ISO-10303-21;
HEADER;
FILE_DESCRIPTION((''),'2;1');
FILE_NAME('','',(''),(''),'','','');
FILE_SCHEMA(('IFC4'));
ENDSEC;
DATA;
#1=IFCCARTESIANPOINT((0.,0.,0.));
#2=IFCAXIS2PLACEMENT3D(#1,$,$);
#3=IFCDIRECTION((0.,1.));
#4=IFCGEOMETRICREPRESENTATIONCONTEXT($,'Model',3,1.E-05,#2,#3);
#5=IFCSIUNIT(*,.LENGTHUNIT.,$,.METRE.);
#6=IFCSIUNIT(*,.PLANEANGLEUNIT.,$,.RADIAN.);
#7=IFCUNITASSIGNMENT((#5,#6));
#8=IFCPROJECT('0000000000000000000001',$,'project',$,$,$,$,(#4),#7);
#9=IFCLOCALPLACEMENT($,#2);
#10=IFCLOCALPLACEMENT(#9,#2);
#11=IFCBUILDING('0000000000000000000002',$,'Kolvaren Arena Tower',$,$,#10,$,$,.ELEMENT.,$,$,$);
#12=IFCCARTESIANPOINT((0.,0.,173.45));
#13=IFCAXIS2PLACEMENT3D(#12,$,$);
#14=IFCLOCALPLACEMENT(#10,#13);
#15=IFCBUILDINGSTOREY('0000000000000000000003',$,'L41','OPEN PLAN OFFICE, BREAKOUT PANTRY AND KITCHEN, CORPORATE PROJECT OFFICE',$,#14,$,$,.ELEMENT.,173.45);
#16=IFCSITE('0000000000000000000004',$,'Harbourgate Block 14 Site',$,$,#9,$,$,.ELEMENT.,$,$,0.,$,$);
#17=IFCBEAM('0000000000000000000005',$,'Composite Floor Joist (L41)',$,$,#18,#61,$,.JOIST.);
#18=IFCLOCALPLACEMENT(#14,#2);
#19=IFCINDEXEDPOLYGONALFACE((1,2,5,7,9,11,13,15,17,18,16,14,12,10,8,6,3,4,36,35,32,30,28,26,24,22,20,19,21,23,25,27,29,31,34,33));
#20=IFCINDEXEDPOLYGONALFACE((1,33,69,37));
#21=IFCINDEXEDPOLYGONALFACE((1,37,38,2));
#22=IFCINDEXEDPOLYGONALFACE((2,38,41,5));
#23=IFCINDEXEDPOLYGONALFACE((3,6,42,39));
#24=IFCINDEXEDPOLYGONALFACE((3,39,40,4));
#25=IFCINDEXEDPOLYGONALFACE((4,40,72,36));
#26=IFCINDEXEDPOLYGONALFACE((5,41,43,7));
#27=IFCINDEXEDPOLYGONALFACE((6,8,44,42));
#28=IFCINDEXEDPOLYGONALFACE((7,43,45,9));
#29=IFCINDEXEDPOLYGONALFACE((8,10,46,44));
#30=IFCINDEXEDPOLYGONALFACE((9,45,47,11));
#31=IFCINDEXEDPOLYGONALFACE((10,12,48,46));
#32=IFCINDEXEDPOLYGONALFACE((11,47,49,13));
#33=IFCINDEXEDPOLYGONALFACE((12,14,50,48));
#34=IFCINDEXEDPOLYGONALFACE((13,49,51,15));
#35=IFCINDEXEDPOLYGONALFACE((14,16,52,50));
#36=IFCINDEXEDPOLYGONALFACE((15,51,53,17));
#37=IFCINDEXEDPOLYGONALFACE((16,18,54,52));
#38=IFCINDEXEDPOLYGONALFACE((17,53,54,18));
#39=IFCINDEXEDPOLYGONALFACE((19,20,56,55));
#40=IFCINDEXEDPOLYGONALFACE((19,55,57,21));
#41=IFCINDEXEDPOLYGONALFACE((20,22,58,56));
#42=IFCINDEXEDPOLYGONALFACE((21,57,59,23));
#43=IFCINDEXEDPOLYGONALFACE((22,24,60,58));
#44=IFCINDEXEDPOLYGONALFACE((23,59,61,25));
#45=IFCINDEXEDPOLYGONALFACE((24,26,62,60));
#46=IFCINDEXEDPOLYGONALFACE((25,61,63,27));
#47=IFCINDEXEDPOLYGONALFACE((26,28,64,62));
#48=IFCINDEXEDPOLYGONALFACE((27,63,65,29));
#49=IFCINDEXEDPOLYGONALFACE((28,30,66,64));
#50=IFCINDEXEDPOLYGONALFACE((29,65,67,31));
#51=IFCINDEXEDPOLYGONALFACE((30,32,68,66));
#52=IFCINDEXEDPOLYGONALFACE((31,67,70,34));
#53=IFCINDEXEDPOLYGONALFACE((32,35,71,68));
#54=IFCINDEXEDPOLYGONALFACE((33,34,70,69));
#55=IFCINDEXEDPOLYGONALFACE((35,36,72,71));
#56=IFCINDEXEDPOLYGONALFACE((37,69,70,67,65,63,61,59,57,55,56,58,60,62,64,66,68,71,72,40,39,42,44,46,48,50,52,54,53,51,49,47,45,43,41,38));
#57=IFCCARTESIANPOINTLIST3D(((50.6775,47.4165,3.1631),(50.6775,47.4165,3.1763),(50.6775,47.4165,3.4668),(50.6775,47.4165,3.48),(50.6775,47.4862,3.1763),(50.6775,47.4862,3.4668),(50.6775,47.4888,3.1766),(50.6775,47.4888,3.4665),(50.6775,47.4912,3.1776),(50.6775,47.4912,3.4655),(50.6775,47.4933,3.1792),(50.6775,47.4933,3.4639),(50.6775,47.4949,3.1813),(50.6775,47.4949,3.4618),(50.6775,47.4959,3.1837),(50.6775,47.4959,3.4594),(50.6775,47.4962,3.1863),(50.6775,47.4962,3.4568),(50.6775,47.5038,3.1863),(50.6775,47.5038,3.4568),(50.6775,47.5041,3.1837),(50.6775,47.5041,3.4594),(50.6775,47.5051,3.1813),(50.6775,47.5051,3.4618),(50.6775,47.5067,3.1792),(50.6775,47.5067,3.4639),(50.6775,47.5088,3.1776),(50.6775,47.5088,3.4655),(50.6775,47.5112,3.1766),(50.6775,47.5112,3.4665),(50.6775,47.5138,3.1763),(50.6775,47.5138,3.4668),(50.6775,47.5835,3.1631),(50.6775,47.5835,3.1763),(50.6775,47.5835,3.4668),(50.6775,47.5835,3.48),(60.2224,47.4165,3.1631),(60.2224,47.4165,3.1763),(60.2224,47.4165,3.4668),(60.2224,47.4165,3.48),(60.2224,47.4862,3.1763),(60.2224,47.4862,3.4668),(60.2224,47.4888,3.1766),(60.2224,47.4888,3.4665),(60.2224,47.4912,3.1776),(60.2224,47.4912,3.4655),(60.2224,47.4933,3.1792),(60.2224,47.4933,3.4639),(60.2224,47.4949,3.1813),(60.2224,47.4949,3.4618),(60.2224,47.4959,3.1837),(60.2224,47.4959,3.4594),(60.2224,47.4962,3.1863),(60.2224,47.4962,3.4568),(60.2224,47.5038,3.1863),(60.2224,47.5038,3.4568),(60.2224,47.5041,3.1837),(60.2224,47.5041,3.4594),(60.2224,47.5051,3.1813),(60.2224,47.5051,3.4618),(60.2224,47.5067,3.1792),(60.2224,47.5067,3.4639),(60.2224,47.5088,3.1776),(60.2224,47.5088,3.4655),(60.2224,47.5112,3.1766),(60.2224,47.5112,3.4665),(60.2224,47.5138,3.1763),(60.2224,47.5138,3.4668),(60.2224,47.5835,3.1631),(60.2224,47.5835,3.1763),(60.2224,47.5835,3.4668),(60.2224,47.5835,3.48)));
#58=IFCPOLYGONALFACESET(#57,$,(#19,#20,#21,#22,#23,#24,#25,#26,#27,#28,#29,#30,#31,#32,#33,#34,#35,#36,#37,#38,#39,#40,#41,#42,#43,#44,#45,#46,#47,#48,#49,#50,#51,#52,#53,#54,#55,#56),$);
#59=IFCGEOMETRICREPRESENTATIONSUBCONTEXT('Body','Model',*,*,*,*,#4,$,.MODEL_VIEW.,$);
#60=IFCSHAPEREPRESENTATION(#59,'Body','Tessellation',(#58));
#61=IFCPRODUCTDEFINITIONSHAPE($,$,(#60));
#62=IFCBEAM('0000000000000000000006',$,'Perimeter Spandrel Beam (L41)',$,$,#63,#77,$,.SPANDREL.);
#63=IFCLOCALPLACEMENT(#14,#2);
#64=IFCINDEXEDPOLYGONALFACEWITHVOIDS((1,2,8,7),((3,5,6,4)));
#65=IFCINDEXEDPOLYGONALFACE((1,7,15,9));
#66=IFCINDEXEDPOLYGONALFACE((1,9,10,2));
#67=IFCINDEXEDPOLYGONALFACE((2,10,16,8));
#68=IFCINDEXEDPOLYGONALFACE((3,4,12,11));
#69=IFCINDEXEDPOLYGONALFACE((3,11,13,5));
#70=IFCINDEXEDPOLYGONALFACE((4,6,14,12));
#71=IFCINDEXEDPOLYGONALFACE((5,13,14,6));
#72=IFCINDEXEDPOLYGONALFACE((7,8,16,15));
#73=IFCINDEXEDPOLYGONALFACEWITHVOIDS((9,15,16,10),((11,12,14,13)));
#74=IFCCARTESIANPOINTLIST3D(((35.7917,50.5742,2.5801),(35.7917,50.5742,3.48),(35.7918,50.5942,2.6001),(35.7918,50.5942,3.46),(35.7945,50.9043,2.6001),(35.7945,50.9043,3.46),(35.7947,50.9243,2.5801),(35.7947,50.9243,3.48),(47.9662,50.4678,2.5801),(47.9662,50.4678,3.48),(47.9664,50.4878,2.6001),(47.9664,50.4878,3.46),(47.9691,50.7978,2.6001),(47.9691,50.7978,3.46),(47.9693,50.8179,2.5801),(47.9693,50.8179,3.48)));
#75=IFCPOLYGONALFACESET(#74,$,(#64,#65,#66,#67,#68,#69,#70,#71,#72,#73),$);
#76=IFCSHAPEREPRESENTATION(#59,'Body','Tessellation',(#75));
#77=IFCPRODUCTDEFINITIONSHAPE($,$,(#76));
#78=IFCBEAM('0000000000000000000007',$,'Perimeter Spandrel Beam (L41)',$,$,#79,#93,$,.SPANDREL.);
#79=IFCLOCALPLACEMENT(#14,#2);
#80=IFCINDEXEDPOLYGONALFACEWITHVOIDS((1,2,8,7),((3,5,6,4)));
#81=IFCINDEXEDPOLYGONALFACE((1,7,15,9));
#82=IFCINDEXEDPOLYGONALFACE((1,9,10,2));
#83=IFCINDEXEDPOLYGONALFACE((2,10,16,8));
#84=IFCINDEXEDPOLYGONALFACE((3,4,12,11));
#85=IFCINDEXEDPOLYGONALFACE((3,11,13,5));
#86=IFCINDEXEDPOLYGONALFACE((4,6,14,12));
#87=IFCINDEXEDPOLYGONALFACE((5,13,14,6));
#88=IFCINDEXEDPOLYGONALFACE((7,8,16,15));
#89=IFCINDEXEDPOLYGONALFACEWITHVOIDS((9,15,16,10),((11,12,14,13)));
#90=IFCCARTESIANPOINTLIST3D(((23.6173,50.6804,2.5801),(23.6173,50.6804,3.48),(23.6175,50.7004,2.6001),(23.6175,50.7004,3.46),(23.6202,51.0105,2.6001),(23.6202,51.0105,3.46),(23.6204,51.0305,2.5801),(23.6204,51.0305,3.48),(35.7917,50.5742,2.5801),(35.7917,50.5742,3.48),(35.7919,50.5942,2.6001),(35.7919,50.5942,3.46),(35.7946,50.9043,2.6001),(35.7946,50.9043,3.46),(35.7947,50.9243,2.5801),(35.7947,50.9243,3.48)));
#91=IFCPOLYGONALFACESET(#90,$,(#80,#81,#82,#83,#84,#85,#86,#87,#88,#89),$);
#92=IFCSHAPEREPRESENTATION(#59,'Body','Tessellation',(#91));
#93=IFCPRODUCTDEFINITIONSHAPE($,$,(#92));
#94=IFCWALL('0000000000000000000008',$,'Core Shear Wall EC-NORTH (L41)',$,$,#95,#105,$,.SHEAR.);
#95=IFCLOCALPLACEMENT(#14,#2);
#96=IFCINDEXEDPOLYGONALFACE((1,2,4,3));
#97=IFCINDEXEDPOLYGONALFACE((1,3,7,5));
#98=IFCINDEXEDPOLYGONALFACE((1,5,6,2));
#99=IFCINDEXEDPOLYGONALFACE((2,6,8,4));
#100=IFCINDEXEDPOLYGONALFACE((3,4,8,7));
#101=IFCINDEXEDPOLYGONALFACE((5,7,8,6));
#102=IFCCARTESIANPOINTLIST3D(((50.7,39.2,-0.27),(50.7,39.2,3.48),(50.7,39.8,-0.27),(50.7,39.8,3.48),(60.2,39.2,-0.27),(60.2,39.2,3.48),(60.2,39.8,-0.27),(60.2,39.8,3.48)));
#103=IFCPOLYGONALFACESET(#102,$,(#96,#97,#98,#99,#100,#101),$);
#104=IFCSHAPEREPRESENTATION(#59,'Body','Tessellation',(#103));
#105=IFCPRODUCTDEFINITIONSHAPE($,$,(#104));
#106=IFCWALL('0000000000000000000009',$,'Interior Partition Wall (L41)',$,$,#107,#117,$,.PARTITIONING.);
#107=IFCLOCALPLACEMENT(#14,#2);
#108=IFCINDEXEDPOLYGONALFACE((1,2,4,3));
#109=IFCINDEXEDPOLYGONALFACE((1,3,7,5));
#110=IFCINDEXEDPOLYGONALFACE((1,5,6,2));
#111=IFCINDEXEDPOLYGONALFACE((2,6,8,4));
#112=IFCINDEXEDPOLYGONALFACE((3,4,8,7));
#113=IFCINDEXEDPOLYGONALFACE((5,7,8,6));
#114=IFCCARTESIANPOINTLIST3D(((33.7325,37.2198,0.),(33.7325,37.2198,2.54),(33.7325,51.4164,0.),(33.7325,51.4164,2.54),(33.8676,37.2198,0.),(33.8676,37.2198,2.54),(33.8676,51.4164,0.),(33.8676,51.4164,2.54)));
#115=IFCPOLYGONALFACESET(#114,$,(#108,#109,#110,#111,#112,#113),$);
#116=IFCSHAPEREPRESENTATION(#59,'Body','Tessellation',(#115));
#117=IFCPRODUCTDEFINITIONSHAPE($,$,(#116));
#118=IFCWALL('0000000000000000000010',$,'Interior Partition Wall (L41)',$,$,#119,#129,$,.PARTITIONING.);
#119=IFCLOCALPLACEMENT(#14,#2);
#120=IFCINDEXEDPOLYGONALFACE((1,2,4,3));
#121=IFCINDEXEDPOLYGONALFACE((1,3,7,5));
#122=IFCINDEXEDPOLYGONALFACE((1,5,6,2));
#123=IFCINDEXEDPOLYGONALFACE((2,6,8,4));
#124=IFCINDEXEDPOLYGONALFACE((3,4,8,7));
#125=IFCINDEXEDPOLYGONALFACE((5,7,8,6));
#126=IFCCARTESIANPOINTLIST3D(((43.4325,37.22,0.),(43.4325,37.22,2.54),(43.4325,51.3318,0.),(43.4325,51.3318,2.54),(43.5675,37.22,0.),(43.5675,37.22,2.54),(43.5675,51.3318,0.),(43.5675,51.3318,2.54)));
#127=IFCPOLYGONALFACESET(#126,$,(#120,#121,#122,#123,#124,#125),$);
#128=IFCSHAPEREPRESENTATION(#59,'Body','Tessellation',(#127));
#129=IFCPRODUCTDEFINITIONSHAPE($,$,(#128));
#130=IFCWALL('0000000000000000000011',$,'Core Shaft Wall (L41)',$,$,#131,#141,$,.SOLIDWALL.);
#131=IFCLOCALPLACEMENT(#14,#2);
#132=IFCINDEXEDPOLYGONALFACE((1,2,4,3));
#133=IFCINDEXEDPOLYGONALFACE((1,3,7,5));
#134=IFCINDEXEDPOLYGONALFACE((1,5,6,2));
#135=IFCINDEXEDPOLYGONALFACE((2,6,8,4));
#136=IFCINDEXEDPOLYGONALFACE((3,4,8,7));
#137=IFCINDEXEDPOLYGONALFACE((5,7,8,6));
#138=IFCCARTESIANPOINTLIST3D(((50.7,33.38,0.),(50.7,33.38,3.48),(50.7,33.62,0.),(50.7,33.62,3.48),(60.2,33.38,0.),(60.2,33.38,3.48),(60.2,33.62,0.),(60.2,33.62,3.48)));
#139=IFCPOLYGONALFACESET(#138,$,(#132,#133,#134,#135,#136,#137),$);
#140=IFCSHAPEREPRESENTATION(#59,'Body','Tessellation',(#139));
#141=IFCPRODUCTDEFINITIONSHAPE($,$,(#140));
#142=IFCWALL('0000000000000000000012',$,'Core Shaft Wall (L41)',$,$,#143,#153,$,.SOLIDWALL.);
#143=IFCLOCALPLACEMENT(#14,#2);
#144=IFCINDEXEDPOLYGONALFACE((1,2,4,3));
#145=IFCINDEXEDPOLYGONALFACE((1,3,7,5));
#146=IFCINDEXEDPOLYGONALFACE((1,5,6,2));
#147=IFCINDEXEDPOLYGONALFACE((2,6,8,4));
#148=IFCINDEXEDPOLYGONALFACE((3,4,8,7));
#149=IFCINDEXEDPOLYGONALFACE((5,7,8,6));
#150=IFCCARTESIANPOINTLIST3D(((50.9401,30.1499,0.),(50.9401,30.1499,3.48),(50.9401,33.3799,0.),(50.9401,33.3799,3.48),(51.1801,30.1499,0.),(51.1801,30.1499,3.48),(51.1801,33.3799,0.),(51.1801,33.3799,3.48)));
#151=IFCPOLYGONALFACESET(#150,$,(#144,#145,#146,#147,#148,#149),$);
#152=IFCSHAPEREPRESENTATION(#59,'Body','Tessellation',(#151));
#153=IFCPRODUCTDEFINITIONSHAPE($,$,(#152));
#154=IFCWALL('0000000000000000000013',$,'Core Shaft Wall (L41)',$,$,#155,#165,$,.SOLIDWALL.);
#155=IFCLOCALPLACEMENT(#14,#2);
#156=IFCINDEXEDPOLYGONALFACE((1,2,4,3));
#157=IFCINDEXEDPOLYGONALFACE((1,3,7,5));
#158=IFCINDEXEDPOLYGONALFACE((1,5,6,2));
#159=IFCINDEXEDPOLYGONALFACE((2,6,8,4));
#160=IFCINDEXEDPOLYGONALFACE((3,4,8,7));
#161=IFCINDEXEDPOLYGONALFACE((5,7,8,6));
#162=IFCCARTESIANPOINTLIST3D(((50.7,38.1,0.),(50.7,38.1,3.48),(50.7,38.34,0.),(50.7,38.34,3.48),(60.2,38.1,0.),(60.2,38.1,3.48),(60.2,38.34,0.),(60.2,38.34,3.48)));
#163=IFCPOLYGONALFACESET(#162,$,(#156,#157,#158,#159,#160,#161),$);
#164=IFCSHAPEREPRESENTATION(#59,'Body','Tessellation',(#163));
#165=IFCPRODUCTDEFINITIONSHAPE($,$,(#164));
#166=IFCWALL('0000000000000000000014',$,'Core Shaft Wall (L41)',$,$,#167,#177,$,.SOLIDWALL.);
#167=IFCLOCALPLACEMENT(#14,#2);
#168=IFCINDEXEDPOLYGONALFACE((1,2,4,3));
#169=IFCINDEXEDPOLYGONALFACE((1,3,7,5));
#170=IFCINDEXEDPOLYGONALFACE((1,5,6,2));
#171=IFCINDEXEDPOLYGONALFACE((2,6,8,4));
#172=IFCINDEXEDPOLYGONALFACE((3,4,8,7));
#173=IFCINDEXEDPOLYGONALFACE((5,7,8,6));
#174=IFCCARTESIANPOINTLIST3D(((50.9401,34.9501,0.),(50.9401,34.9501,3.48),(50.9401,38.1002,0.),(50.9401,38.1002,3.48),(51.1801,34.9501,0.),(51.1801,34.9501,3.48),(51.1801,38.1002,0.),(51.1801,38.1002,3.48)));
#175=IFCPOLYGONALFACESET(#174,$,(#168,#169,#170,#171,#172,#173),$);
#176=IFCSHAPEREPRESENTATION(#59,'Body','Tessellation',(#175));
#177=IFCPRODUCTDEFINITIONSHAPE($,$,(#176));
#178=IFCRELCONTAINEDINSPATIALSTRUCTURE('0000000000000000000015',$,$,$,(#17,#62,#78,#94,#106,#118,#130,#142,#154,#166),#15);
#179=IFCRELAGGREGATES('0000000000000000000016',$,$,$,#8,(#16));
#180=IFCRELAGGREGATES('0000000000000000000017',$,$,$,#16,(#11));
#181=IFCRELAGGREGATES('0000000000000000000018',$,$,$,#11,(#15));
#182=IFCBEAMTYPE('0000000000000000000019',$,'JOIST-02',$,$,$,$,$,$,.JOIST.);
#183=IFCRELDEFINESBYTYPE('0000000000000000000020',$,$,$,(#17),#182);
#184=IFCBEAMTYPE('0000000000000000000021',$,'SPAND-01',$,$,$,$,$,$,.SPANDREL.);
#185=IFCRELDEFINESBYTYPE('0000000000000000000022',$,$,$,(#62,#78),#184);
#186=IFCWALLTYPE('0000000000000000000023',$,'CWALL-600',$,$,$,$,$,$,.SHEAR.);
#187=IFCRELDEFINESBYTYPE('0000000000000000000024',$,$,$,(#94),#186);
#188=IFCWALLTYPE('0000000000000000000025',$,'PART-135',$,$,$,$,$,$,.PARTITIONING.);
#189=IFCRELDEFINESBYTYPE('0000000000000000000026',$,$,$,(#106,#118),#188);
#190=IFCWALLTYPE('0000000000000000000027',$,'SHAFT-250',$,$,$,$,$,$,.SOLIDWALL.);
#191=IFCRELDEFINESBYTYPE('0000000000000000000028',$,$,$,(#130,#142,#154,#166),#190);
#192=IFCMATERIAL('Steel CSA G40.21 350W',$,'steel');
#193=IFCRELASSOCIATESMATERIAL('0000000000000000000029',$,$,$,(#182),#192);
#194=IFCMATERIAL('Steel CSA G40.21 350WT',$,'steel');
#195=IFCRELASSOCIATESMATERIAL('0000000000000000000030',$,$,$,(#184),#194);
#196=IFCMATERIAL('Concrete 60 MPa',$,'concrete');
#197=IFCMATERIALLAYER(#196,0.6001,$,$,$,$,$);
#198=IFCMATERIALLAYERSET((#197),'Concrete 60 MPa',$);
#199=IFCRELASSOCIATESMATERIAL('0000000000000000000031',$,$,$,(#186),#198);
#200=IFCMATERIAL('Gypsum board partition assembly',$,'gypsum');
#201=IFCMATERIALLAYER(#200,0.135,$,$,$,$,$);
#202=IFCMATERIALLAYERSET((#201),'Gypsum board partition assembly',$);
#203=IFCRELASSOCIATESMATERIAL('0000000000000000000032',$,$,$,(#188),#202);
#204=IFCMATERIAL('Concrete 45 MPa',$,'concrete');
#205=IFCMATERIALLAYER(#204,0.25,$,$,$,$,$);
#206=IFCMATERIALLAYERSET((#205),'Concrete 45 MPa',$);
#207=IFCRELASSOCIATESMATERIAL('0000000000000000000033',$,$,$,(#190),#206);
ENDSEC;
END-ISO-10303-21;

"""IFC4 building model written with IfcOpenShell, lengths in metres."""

from ifc_helpers import new_model, si_unit, direction, frame, frame_2d, origin, origin_2d, place, context, subcontext, project, spatial, rectangle, hollow_rectangle, i_section, extrude, material, layer, layer_set, material_profile, profile_set, type_object, element, save


model = new_model("IFC4")

# Units and contexts
model_context = context("Model", 3, precision=1e-05, world=origin(), true_north=direction((0.0, 1.0)))
body_context = subcontext(model_context, "Body", "Model", "MODEL_VIEW")
ifc_project = project(units=[si_unit("LENGTHUNIT", "METRE"), si_unit("PLANEANGLEUNIT", "RADIAN")], contexts=[model_context])

# Site, building, storey
site_placement = place(None, origin())
site = spatial("IfcSite", under=ifc_project, at=site_placement, Name="Harbourgate Block 14 Site", CompositionType="ELEMENT", RefElevation=0.0)
building_placement = place(site_placement, origin())
building = spatial("IfcBuilding", under=site, at=building_placement, Name="Kolvaren Arena Tower", CompositionType="ELEMENT")
storey_placement = place(building_placement, frame((0.0, 0.0, 173.45)))
storey = spatial("IfcBuildingStorey", under=building, at=storey_placement, Name="L41", Description="OPEN PLAN OFFICE, BREAKOUT PANTRY AND KITCHEN, CORPORATE PROJECT OFFICE", CompositionType="ELEMENT", Elevation=173.45)

# Beams
ifc_material_1 = material(Name="Steel CSA G40.21 350W", Category="steel")
ifc_material_2 = material(Name="Concrete 60 MPa", Category="concrete")
ifc_material_profile_1 = material_profile(ifc_material_1, i_section(OverallWidth=0.167, OverallDepth=0.3169, WebThickness=0.0076, FlangeThickness=0.0132, FilletRadius=0.01, at=origin_2d()), Name="W310x52")
ifc_profile_set_1 = profile_set([ifc_material_profile_1], Name="Steel CSA G40.21 350W")
beam_type_1 = type_object("IfcBeamType", Name="JOIST-02", PredefinedType="JOIST", material=ifc_profile_set_1)
beam_1_placement = place(storey_placement, frame((50.6775, 47.5, 3.3215), z_axis=(1.0, 0.0, 0.0), x_axis=(0.0, 1.0, 0.0)))
element("IfcBeam", 1, at=beam_1_placement, inside=storey, type_object=beam_type_1, Name="Composite Floor Joist (L41)", PredefinedType="JOIST", context=body_context, shape_type="SweptSolid", body=[
    extrude(i_section(OverallWidth=0.167, OverallDepth=0.3169, WebThickness=0.0076, FlangeThickness=0.0132, FilletRadius=0.01, at=origin_2d()), origin(), (0.0, 0.0, 1.0), 9.5449),
])
ifc_material_3 = material(Name="Steel CSA G40.21 350WT", Category="steel")
ifc_material_profile_2 = material_profile(ifc_material_3, hollow_rectangle(XDim=0.3501, YDim=0.8999, WallThickness=0.02, at=origin_2d()), Name="HSS 900x350x20")
ifc_profile_set_2 = profile_set([ifc_material_profile_2], Name="Steel CSA G40.21 350WT")
beam_type_2 = type_object("IfcBeamType", Name="SPAND-01", PredefinedType="SPANDREL", material=ifc_profile_set_2)
beam_2_placement = place(storey_placement, frame((47.9678, 50.6428, 3.03), z_axis=(-0.999962, 0.008743, 0.0), x_axis=(-0.008743, -0.999962, 0.0)))
element("IfcBeam", 2, at=beam_2_placement, inside=storey, type_object=beam_type_2, Name="Perimeter Spandrel Beam (L41)", PredefinedType="SPANDREL", context=body_context, shape_type="SweptSolid", body=[
    extrude(hollow_rectangle(XDim=0.3501, YDim=0.8999, WallThickness=0.02, at=origin_2d()), origin(), (0.0, 0.0, 1.0), 12.175),
])
beam_3_placement = place(storey_placement, frame((35.7932, 50.7493, 3.03), z_axis=(-0.999962, 0.008723, 0.0), x_axis=(-0.008723, -0.999962, 0.0)))
element("IfcBeam", 3, at=beam_3_placement, inside=storey, type_object=beam_type_2, Name="Perimeter Spandrel Beam (L41)", PredefinedType="SPANDREL", context=body_context, shape_type="SweptSolid", body=[
    extrude(hollow_rectangle(XDim=0.3501, YDim=0.8999, WallThickness=0.02, at=origin_2d()), origin(), (0.0, 0.0, 1.0), 12.1748),
])

# Walls
ifc_layer_1 = layer(ifc_material_2, 0.6001)
ifc_layer_set_1 = layer_set([ifc_layer_1], Name="Concrete 60 MPa")
wall_type_1 = type_object("IfcWallType", Name="CWALL-600", PredefinedType="SHEAR", material=ifc_layer_set_1)
wall_1_placement = place(storey_placement, frame((50.7, 39.5, -0.27), z_axis=(0.0, 0.0, 1.0), x_axis=(1.0, 0.0, 0.0)))
element("IfcWall", 4, at=wall_1_placement, inside=storey, type_object=wall_type_1, Name="Core Shear Wall EC-NORTH (L41)", PredefinedType="SHEAR", context=body_context, shape_type="SweptSolid", body=[
    extrude(rectangle(XDim=9.5, YDim=0.6001, at=frame_2d((4.75, 0.0))), origin(), (0.0, 0.0, 1.0), 3.75),
])
ifc_material_4 = material(Name="Gypsum board partition assembly", Category="gypsum")
ifc_layer_2 = layer(ifc_material_4, 0.135)
ifc_layer_set_2 = layer_set([ifc_layer_2], Name="Gypsum board partition assembly")
wall_type_2 = type_object("IfcWallType", Name="PART-135", PredefinedType="PARTITIONING", material=ifc_layer_set_2)
wall_2_placement = place(storey_placement, frame((33.8, 37.22, 0.0), z_axis=(0.0, 0.0, 1.0), x_axis=(0.0, 1.0, 0.0)))
element("IfcWall", 5, at=wall_2_placement, inside=storey, type_object=wall_type_2, Name="Interior Partition Wall (L41)", PredefinedType="PARTITIONING", context=body_context, shape_type="SweptSolid", body=[
    extrude(rectangle(XDim=14.1965, YDim=0.135, at=frame_2d((7.0981, 0.0))), origin(), (0.0, 0.0, 1.0), 2.54),
])
wall_3_placement = place(storey_placement, frame((43.5, 37.22, 0.0), z_axis=(0.0, 0.0, 1.0), x_axis=(0.0, 1.0, 0.0)))
element("IfcWall", 6, at=wall_3_placement, inside=storey, type_object=wall_type_2, Name="Interior Partition Wall (L41)", PredefinedType="PARTITIONING", context=body_context, shape_type="SweptSolid", body=[
    extrude(rectangle(XDim=14.1118, YDim=0.135, at=frame_2d((7.0559, 0.0))), origin(), (0.0, 0.0, 1.0), 2.54),
])
ifc_material_5 = material(Name="Concrete 45 MPa", Category="concrete")
ifc_layer_3 = layer(ifc_material_5, 0.25)
ifc_layer_set_3 = layer_set([ifc_layer_3], Name="Concrete 45 MPa")
wall_type_3 = type_object("IfcWallType", Name="SHAFT-250", PredefinedType="SOLIDWALL", material=ifc_layer_set_3)
wall_4_placement = place(storey_placement, frame((50.7, 33.5, 0.0), z_axis=(0.0, 0.0, 1.0), x_axis=(1.0, 0.0, 0.0)))
element("IfcWall", 7, at=wall_4_placement, inside=storey, type_object=wall_type_3, Name="Core Shaft Wall (L41)", PredefinedType="SOLIDWALL", context=body_context, shape_type="SweptSolid", body=[
    extrude(rectangle(XDim=9.5, YDim=0.24, at=frame_2d((4.75, 0.0))), origin(), (0.0, 0.0, 1.0), 3.48),
])
wall_5_placement = place(storey_placement, frame((51.0601, 30.1499, 0.0), z_axis=(0.0, 0.0, 1.0), x_axis=(0.0, 1.0, 0.0)))
element("IfcWall", 8, at=wall_5_placement, inside=storey, type_object=wall_type_3, Name="Core Shaft Wall (L41)", PredefinedType="SOLIDWALL", context=body_context, shape_type="SweptSolid", body=[
    extrude(rectangle(XDim=3.23, YDim=0.24, at=frame_2d((1.615, 0.0))), origin(), (0.0, 0.0, 1.0), 3.48),
])
wall_6_placement = place(storey_placement, frame((50.7, 38.22, 0.0), z_axis=(0.0, 0.0, 1.0), x_axis=(1.0, 0.0, 0.0)))
element("IfcWall", 9, at=wall_6_placement, inside=storey, type_object=wall_type_3, Name="Core Shaft Wall (L41)", PredefinedType="SOLIDWALL", context=body_context, shape_type="SweptSolid", body=[
    extrude(rectangle(XDim=9.5, YDim=0.24, at=frame_2d((4.75, 0.0))), origin(), (0.0, 0.0, 1.0), 3.48),
])
wall_7_placement = place(storey_placement, frame((51.0601, 34.95, 0.0), z_axis=(0.0, 0.0, 1.0), x_axis=(0.0, 1.0, 0.0)))
element("IfcWall", 10, at=wall_7_placement, inside=storey, type_object=wall_type_3, Name="Core Shaft Wall (L41)", PredefinedType="SOLIDWALL", context=body_context, shape_type="SweptSolid", body=[
    extrude(rectangle(XDim=3.1501, YDim=0.24, at=frame_2d((1.5752, 0.0))), origin(), (0.0, 0.0, 1.0), 3.48),
])

save(model, "model.ifc")
